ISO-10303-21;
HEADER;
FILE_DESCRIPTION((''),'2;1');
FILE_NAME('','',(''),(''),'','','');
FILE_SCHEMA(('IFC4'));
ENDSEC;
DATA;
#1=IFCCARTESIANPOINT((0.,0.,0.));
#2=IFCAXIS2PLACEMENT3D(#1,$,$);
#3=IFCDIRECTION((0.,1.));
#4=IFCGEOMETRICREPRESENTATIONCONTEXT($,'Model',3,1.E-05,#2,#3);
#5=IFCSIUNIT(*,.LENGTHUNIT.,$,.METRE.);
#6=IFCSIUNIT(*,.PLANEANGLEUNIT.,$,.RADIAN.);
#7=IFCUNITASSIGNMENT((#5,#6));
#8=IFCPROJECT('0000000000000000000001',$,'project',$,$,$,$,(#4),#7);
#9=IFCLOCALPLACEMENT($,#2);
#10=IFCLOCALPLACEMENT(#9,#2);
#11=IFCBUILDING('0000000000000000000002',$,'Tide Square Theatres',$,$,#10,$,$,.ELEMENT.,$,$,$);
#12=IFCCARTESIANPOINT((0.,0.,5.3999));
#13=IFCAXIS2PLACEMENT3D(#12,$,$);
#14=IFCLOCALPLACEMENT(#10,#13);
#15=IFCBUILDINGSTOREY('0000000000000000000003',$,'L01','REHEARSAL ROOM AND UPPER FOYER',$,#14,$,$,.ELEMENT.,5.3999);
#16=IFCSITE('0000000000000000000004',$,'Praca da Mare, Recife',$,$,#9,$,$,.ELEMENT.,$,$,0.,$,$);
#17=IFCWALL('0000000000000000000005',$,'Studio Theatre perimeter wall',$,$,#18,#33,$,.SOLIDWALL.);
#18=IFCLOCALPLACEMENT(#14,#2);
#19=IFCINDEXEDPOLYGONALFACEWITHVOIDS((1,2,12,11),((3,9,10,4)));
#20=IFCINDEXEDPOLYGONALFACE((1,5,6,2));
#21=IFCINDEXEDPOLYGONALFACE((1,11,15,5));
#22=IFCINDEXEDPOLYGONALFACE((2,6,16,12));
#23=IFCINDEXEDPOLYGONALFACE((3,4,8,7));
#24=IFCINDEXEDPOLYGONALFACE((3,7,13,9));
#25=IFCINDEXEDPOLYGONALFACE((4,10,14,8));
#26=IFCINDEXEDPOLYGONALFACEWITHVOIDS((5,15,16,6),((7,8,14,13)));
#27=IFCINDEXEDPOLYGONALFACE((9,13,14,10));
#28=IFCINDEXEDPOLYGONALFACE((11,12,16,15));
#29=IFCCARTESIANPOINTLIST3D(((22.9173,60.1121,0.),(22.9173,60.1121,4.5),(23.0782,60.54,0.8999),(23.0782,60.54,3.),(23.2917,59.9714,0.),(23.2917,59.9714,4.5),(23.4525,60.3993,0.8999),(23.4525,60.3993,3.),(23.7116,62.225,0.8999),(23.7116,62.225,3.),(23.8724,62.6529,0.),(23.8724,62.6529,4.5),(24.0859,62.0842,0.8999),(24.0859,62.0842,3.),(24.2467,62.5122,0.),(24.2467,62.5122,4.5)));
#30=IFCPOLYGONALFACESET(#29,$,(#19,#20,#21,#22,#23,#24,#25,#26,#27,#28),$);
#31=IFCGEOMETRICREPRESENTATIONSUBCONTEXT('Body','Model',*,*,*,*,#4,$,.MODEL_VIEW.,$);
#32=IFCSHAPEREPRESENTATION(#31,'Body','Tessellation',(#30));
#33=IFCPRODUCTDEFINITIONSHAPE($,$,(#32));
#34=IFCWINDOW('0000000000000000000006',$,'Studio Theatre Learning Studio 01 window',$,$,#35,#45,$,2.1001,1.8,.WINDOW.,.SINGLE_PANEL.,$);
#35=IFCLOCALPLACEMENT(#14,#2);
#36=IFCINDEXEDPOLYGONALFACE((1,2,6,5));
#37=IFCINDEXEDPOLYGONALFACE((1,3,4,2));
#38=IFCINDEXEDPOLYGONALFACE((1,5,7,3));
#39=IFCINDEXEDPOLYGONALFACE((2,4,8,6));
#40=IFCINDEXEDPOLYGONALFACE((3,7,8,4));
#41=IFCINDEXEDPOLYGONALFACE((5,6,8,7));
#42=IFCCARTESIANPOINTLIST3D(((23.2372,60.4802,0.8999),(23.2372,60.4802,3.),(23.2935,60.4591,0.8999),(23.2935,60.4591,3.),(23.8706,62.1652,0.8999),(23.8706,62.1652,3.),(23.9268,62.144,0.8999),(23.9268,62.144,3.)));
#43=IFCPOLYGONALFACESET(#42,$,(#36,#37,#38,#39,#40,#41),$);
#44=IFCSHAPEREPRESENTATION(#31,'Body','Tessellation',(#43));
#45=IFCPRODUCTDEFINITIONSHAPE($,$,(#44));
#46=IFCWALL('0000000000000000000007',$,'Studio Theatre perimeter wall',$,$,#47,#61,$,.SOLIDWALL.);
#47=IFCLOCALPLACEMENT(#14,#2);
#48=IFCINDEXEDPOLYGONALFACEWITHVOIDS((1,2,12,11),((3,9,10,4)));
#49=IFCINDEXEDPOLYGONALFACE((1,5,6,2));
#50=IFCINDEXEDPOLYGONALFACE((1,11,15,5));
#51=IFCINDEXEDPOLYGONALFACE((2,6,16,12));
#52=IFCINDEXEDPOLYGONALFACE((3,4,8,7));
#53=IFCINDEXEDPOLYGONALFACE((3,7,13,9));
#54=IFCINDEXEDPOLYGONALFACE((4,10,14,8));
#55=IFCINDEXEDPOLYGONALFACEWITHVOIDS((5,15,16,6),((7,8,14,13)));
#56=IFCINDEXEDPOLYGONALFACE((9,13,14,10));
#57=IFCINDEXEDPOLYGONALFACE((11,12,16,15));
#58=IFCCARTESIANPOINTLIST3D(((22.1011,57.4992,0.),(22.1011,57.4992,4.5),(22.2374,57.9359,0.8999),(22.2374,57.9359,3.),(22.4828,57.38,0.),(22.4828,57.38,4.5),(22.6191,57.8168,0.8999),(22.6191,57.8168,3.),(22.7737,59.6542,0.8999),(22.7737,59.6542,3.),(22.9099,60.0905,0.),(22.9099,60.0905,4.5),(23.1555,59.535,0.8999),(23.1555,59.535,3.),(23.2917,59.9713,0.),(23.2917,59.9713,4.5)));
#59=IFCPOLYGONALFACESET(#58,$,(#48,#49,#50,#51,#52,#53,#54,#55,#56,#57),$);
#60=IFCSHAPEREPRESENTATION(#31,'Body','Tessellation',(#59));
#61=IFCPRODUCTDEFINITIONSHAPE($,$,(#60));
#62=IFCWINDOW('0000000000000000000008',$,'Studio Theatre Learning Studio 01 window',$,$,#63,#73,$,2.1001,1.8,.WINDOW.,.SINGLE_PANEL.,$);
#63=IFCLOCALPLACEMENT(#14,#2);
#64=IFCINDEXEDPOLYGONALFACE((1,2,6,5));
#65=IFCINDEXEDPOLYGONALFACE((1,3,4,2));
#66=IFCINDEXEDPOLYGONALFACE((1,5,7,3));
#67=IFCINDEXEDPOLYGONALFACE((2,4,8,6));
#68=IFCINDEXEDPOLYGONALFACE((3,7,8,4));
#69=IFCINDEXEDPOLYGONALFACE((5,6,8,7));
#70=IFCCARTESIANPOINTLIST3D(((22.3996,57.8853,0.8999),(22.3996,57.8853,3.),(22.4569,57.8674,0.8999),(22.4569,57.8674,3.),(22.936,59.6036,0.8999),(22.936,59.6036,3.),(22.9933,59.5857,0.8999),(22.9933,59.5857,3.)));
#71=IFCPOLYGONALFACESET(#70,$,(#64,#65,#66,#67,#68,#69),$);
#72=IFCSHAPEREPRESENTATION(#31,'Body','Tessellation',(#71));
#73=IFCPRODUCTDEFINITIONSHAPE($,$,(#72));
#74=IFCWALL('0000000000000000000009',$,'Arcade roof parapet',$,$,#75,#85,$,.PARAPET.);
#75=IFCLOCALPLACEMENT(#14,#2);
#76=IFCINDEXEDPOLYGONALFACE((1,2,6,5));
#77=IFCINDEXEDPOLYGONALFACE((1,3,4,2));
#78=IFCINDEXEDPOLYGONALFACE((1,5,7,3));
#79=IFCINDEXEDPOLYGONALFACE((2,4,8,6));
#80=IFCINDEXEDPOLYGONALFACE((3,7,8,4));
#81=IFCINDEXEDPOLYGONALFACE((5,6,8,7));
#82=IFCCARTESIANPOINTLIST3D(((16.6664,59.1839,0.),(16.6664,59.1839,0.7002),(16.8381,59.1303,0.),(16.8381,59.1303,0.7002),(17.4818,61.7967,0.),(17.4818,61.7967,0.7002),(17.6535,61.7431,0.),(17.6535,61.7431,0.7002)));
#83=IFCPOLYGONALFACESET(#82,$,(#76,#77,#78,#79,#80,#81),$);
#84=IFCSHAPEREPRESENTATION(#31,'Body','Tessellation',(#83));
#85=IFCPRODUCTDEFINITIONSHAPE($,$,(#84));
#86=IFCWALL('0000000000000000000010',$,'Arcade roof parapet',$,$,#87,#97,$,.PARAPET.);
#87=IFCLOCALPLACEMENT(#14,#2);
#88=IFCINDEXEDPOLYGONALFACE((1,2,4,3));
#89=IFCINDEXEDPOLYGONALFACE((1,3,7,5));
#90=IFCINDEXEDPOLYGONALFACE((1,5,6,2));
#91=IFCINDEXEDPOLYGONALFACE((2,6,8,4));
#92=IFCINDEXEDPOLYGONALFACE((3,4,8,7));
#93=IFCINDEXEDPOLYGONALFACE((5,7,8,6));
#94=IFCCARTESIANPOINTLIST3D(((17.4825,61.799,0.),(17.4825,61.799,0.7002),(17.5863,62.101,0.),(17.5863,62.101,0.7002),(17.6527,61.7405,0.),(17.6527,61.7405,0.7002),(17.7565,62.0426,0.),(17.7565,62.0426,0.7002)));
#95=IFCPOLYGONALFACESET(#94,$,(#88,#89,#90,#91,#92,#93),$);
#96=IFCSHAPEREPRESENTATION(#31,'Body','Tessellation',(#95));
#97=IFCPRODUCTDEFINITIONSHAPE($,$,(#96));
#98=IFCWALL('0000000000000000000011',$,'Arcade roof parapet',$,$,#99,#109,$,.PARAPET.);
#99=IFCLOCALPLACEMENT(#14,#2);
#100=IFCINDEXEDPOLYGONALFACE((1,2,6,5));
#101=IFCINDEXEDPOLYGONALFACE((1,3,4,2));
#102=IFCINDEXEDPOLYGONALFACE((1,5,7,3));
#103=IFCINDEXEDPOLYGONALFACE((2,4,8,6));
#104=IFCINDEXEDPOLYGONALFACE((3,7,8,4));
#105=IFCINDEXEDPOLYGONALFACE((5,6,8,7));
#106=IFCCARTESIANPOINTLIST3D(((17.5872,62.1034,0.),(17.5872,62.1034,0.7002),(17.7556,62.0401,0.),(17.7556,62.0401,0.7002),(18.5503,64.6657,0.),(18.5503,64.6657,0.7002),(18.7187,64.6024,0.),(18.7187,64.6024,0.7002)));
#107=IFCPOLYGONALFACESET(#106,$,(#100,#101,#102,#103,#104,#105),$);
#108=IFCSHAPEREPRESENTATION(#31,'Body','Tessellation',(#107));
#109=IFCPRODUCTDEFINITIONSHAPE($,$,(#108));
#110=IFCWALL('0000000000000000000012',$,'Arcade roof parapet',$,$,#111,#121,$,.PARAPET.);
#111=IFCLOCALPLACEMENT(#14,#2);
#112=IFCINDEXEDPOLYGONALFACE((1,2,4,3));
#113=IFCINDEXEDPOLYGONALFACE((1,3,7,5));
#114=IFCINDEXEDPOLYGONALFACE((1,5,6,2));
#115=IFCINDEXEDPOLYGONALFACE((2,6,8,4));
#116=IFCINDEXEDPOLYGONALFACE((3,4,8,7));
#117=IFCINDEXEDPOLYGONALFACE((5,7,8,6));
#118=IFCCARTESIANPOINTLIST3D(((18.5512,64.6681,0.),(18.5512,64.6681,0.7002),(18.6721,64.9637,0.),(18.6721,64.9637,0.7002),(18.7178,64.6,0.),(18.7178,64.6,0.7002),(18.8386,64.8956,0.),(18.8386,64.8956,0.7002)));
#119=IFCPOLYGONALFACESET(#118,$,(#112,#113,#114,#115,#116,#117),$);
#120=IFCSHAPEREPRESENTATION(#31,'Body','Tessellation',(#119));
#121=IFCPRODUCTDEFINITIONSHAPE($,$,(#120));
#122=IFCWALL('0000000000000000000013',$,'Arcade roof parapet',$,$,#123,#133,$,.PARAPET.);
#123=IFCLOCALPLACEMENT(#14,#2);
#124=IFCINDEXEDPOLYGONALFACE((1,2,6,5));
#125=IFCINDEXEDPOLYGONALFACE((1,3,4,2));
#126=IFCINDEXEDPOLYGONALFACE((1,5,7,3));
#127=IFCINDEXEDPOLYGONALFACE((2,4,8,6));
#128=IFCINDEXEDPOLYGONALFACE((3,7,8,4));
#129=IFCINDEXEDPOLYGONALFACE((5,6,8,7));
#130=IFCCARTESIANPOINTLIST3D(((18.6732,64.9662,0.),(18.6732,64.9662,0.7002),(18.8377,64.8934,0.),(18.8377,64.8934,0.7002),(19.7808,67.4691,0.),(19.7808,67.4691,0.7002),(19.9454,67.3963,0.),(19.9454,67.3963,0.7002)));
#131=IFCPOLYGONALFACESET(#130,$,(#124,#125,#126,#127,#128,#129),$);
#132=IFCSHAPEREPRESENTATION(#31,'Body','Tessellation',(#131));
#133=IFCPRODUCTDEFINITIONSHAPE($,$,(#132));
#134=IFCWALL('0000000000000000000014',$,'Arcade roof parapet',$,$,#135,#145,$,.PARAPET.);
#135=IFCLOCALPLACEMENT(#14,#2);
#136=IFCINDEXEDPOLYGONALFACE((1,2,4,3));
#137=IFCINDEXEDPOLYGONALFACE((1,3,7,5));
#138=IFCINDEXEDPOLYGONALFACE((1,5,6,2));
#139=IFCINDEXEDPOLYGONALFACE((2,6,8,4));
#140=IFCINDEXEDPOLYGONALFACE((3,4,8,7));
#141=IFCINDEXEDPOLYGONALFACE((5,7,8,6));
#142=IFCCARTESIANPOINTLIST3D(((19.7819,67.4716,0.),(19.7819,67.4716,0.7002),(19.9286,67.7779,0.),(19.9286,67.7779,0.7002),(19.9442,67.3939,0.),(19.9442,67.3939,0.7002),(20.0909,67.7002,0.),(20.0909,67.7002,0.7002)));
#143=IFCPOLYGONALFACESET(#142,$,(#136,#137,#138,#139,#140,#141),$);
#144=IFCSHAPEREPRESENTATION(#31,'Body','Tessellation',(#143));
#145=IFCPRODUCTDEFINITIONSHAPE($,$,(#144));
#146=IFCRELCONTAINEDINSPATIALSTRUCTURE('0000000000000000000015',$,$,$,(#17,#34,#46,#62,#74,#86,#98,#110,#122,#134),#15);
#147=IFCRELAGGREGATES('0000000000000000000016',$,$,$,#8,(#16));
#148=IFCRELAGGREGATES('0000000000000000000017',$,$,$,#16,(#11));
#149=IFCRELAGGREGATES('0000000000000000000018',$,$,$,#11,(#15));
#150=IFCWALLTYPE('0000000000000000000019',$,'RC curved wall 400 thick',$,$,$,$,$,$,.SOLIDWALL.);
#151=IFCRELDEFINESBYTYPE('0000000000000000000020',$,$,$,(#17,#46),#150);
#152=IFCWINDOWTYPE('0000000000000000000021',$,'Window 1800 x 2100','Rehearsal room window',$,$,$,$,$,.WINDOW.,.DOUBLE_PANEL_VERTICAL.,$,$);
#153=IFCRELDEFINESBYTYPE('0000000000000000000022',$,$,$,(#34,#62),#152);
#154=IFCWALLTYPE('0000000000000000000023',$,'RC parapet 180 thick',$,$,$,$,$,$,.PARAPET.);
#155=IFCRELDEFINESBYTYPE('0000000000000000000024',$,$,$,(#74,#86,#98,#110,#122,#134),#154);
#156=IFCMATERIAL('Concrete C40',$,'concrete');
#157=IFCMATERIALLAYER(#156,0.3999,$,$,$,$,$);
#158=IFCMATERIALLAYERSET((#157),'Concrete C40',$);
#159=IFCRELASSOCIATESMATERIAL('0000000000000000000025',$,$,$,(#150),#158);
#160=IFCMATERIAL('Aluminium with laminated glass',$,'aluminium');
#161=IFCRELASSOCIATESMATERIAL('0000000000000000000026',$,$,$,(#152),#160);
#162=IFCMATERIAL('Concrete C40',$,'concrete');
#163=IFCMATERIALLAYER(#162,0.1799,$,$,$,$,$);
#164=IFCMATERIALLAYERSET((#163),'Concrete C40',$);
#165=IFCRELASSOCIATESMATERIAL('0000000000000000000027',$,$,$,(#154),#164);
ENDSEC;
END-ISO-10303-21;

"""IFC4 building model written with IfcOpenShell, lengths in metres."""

from ifc_helpers import new_model, si_unit, direction, frame, frame_2d, origin, place, context, subcontext, project, spatial, rectangle, extrude, material, layer, layer_set, type_object, element, fill, save


model = new_model("IFC4")

# Units and contexts
model_context = context("Model", 3, precision=1e-05, world=origin(), true_north=direction((0.0, 1.0)))
body_context = subcontext(model_context, "Body", "Model", "MODEL_VIEW")
ifc_project = project(units=[si_unit("LENGTHUNIT", "METRE"), si_unit("PLANEANGLEUNIT", "RADIAN")], contexts=[model_context])

# Site, building, storey
site_placement = place(None, origin())
site = spatial("IfcSite", under=ifc_project, at=site_placement, Name="Praca da Mare, Recife", CompositionType="ELEMENT", RefElevation=0.0)
building_placement = place(site_placement, origin())
building = spatial("IfcBuilding", under=site, at=building_placement, Name="Tide Square Theatres", CompositionType="ELEMENT")
storey_placement = place(building_placement, frame((0.0, 0.0, 5.3999)))
storey = spatial("IfcBuildingStorey", under=building, at=storey_placement, Name="L01", Description="REHEARSAL ROOM AND UPPER FOYER", CompositionType="ELEMENT", Elevation=5.3999)

# Walls, openings, windows
ifc_material_1 = material(Name="Concrete C40", Category="concrete")
ifc_layer_1 = layer(ifc_material_1, 0.3999)
ifc_layer_set_1 = layer_set([ifc_layer_1], Name="Concrete C40")
wall_type_1 = type_object("IfcWallType", Name="RC curved wall 400 thick", PredefinedType="SOLIDWALL", material=ifc_layer_set_1)
ifc_material_2 = material(Name="Aluminium with laminated glass", Category="aluminium")
window_type = type_object("IfcWindowType", Name="Window 1800 x 2100", Description="Rehearsal room window", PartitioningType="DOUBLE_PANEL_VERTICAL", PredefinedType="WINDOW", material=ifc_material_2)
wall_1_placement = place(storey_placement, frame((24.0596, 62.5825, 0.0), z_axis=(0.0, 0.0, 1.0), x_axis=(-0.351863, -0.936052, 0.0)))
wall_1 = element("IfcWall", 1, at=wall_1_placement, inside=storey, type_object=wall_type_1, Name="Studio Theatre perimeter wall", PredefinedType="SOLIDWALL", context=body_context, shape_type="SweptSolid", body=[
    extrude(rectangle(XDim=2.7144, YDim=0.3999, at=frame_2d((1.3572, 0.0))), origin(), (0.0, 0.0, 1.0), 4.5),
])
opening_1_placement = place(wall_1_placement, frame((0.4573, 0.0, 0.8999)))
opening_1 = element("IfcOpeningElement", 2, at=opening_1_placement, cuts=wall_1, PredefinedType="OPENING", context=body_context, shape_type="SweptSolid", body=[
    extrude(rectangle(XDim=1.8, YDim=2.1001, at=frame_2d((0.8999, 1.05))), frame((0.0, 0.21, 0.0), z_axis=(0.0, -1.0, 0.0), x_axis=(1.0, 0.0, 0.0)), (0.0, 0.0, 1.0), 0.4199),
])
window_1_placement = place(opening_1_placement, origin())
window_1 = element("IfcWindow", 3, at=window_1_placement, inside=storey, type_object=window_type, Name="Studio Theatre Learning Studio 01 window", OverallHeight=2.1001, OverallWidth=1.8, PartitioningType="SINGLE_PANEL", PredefinedType="WINDOW", context=body_context, shape_type="SweptSolid", body=[
    extrude(rectangle(XDim=1.8, YDim=2.1001, at=frame_2d((0.8999, 1.05))), frame((0.0, 0.03, 0.0), z_axis=(0.0, -1.0, 0.0), x_axis=(1.0, 0.0, 0.0)), (0.0, 0.0, 1.0), 0.0601),
])
fill(opening_1, window_1)
wall_2_placement = place(storey_placement, frame((23.1008, 60.031, 0.0), z_axis=(0.0, 0.0, 1.0), x_axis=(-0.297957, -0.954579, 0.0)))
wall_2 = element("IfcWall", 4, at=wall_2_placement, inside=storey, type_object=wall_type_1, Name="Studio Theatre perimeter wall", PredefinedType="SOLIDWALL", context=body_context, shape_type="SweptSolid", body=[
    extrude(rectangle(XDim=2.7146, YDim=0.3999, at=frame_2d((1.3574, 0.0))), origin(), (0.0, 0.0, 1.0), 4.5),
])
opening_2_placement = place(wall_2_placement, frame((0.4573, 0.0, 0.8999)))
opening_2 = element("IfcOpeningElement", 5, at=opening_2_placement, cuts=wall_2, PredefinedType="OPENING", context=body_context, shape_type="SweptSolid", body=[
    extrude(rectangle(XDim=1.8, YDim=2.1001, at=frame_2d((0.8999, 1.05))), frame((0.0, 0.21, 0.0), z_axis=(0.0, -1.0, 0.0), x_axis=(1.0, 0.0, 0.0)), (0.0, 0.0, 1.0), 0.4199),
])
window_2_placement = place(opening_2_placement, origin())
window_2 = element("IfcWindow", 6, at=window_2_placement, inside=storey, type_object=window_type, Name="Studio Theatre Learning Studio 01 window", OverallHeight=2.1001, OverallWidth=1.8, PartitioningType="SINGLE_PANEL", PredefinedType="WINDOW", context=body_context, shape_type="SweptSolid", body=[
    extrude(rectangle(XDim=1.8, YDim=2.1001, at=frame_2d((0.8999, 1.05))), frame((0.0, 0.03, 0.0), z_axis=(0.0, -1.0, 0.0), x_axis=(1.0, 0.0, 0.0)), (0.0, 0.0, 1.0), 0.0601),
])
fill(opening_2, window_2)

# Walls
ifc_material_3 = material(Name="Concrete C40", Category="concrete")
ifc_layer_2 = layer(ifc_material_3, 0.1799)
ifc_layer_set_2 = layer_set([ifc_layer_2], Name="Concrete C40")
wall_type_2 = type_object("IfcWallType", Name="RC parapet 180 thick", PredefinedType="PARAPET", material=ifc_layer_set_2)
wall_3_placement = place(storey_placement, frame((16.7522, 59.157, 0.0), z_axis=(0.0, 0.0, 1.0), x_axis=(0.297919, 0.954591, 0.0)))
element("IfcWall", 7, at=wall_3_placement, inside=storey, type_object=wall_type_2, Name="Arcade roof parapet", PredefinedType="PARAPET", context=body_context, shape_type="SweptSolid", body=[
    extrude(rectangle(XDim=2.7371, YDim=0.1799, at=frame_2d((1.3687, 0.0))), origin(), (0.0, 0.0, 1.0), 0.7002),
])
wall_4_placement = place(storey_placement, frame((17.5676, 61.7698, 0.0), z_axis=(0.0, 0.0, 1.0), x_axis=(0.32493, 0.945738, 0.0)))
element("IfcWall", 8, at=wall_4_placement, inside=storey, type_object=wall_type_2, Name="Arcade roof parapet", PredefinedType="PARAPET", context=body_context, shape_type="SweptSolid", body=[
    extrude(rectangle(XDim=0.3193, YDim=0.1799, at=frame_2d((0.1597, 0.0))), origin(), (0.0, 0.0, 1.0), 0.7002),
])
wall_5_placement = place(storey_placement, frame((17.6714, 62.0718, 0.0), z_axis=(0.0, 0.0, 1.0), x_axis=(0.351856, 0.936054, 0.0)))
element("IfcWall", 9, at=wall_5_placement, inside=storey, type_object=wall_type_2, Name="Arcade roof parapet", PredefinedType="PARAPET", context=body_context, shape_type="SweptSolid", body=[
    extrude(rectangle(XDim=2.7373, YDim=0.1799, at=frame_2d((1.3687, 0.0))), origin(), (0.0, 0.0, 1.0), 0.7002),
])
wall_6_placement = place(storey_placement, frame((18.6345, 64.634, 0.0), z_axis=(0.0, 0.0, 1.0), x_axis=(0.378365, 0.925657, 0.0)))
element("IfcWall", 10, at=wall_6_placement, inside=storey, type_object=wall_type_2, Name="Arcade roof parapet", PredefinedType="PARAPET", context=body_context, shape_type="SweptSolid", body=[
    extrude(rectangle(XDim=0.3193, YDim=0.1799, at=frame_2d((0.1597, 0.0))), origin(), (0.0, 0.0, 1.0), 0.7002),
])
wall_7_placement = place(storey_placement, frame((18.7554, 64.9297, 0.0), z_axis=(0.0, 0.0, 1.0), x_axis=(0.40469, 0.914454, 0.0)))
element("IfcWall", 11, at=wall_7_placement, inside=storey, type_object=wall_type_2, Name="Arcade roof parapet", PredefinedType="PARAPET", context=body_context, shape_type="SweptSolid", body=[
    extrude(rectangle(XDim=2.7371, YDim=0.1799, at=frame_2d((1.3687, 0.0))), origin(), (0.0, 0.0, 1.0), 0.7002),
])
wall_8_placement = place(storey_placement, frame((19.863, 67.4326, 0.0), z_axis=(0.0, 0.0, 1.0), x_axis=(0.431913, 0.901915, 0.0)))
element("IfcWall", 12, at=wall_8_placement, inside=storey, type_object=wall_type_2, Name="Arcade roof parapet", PredefinedType="PARAPET", context=body_context, shape_type="SweptSolid", body=[
    extrude(rectangle(XDim=0.3396, YDim=0.1799, at=frame_2d((0.1699, 0.0))), origin(), (0.0, 0.0, 1.0), 0.7002),
])

save(model, "model.ifc")
